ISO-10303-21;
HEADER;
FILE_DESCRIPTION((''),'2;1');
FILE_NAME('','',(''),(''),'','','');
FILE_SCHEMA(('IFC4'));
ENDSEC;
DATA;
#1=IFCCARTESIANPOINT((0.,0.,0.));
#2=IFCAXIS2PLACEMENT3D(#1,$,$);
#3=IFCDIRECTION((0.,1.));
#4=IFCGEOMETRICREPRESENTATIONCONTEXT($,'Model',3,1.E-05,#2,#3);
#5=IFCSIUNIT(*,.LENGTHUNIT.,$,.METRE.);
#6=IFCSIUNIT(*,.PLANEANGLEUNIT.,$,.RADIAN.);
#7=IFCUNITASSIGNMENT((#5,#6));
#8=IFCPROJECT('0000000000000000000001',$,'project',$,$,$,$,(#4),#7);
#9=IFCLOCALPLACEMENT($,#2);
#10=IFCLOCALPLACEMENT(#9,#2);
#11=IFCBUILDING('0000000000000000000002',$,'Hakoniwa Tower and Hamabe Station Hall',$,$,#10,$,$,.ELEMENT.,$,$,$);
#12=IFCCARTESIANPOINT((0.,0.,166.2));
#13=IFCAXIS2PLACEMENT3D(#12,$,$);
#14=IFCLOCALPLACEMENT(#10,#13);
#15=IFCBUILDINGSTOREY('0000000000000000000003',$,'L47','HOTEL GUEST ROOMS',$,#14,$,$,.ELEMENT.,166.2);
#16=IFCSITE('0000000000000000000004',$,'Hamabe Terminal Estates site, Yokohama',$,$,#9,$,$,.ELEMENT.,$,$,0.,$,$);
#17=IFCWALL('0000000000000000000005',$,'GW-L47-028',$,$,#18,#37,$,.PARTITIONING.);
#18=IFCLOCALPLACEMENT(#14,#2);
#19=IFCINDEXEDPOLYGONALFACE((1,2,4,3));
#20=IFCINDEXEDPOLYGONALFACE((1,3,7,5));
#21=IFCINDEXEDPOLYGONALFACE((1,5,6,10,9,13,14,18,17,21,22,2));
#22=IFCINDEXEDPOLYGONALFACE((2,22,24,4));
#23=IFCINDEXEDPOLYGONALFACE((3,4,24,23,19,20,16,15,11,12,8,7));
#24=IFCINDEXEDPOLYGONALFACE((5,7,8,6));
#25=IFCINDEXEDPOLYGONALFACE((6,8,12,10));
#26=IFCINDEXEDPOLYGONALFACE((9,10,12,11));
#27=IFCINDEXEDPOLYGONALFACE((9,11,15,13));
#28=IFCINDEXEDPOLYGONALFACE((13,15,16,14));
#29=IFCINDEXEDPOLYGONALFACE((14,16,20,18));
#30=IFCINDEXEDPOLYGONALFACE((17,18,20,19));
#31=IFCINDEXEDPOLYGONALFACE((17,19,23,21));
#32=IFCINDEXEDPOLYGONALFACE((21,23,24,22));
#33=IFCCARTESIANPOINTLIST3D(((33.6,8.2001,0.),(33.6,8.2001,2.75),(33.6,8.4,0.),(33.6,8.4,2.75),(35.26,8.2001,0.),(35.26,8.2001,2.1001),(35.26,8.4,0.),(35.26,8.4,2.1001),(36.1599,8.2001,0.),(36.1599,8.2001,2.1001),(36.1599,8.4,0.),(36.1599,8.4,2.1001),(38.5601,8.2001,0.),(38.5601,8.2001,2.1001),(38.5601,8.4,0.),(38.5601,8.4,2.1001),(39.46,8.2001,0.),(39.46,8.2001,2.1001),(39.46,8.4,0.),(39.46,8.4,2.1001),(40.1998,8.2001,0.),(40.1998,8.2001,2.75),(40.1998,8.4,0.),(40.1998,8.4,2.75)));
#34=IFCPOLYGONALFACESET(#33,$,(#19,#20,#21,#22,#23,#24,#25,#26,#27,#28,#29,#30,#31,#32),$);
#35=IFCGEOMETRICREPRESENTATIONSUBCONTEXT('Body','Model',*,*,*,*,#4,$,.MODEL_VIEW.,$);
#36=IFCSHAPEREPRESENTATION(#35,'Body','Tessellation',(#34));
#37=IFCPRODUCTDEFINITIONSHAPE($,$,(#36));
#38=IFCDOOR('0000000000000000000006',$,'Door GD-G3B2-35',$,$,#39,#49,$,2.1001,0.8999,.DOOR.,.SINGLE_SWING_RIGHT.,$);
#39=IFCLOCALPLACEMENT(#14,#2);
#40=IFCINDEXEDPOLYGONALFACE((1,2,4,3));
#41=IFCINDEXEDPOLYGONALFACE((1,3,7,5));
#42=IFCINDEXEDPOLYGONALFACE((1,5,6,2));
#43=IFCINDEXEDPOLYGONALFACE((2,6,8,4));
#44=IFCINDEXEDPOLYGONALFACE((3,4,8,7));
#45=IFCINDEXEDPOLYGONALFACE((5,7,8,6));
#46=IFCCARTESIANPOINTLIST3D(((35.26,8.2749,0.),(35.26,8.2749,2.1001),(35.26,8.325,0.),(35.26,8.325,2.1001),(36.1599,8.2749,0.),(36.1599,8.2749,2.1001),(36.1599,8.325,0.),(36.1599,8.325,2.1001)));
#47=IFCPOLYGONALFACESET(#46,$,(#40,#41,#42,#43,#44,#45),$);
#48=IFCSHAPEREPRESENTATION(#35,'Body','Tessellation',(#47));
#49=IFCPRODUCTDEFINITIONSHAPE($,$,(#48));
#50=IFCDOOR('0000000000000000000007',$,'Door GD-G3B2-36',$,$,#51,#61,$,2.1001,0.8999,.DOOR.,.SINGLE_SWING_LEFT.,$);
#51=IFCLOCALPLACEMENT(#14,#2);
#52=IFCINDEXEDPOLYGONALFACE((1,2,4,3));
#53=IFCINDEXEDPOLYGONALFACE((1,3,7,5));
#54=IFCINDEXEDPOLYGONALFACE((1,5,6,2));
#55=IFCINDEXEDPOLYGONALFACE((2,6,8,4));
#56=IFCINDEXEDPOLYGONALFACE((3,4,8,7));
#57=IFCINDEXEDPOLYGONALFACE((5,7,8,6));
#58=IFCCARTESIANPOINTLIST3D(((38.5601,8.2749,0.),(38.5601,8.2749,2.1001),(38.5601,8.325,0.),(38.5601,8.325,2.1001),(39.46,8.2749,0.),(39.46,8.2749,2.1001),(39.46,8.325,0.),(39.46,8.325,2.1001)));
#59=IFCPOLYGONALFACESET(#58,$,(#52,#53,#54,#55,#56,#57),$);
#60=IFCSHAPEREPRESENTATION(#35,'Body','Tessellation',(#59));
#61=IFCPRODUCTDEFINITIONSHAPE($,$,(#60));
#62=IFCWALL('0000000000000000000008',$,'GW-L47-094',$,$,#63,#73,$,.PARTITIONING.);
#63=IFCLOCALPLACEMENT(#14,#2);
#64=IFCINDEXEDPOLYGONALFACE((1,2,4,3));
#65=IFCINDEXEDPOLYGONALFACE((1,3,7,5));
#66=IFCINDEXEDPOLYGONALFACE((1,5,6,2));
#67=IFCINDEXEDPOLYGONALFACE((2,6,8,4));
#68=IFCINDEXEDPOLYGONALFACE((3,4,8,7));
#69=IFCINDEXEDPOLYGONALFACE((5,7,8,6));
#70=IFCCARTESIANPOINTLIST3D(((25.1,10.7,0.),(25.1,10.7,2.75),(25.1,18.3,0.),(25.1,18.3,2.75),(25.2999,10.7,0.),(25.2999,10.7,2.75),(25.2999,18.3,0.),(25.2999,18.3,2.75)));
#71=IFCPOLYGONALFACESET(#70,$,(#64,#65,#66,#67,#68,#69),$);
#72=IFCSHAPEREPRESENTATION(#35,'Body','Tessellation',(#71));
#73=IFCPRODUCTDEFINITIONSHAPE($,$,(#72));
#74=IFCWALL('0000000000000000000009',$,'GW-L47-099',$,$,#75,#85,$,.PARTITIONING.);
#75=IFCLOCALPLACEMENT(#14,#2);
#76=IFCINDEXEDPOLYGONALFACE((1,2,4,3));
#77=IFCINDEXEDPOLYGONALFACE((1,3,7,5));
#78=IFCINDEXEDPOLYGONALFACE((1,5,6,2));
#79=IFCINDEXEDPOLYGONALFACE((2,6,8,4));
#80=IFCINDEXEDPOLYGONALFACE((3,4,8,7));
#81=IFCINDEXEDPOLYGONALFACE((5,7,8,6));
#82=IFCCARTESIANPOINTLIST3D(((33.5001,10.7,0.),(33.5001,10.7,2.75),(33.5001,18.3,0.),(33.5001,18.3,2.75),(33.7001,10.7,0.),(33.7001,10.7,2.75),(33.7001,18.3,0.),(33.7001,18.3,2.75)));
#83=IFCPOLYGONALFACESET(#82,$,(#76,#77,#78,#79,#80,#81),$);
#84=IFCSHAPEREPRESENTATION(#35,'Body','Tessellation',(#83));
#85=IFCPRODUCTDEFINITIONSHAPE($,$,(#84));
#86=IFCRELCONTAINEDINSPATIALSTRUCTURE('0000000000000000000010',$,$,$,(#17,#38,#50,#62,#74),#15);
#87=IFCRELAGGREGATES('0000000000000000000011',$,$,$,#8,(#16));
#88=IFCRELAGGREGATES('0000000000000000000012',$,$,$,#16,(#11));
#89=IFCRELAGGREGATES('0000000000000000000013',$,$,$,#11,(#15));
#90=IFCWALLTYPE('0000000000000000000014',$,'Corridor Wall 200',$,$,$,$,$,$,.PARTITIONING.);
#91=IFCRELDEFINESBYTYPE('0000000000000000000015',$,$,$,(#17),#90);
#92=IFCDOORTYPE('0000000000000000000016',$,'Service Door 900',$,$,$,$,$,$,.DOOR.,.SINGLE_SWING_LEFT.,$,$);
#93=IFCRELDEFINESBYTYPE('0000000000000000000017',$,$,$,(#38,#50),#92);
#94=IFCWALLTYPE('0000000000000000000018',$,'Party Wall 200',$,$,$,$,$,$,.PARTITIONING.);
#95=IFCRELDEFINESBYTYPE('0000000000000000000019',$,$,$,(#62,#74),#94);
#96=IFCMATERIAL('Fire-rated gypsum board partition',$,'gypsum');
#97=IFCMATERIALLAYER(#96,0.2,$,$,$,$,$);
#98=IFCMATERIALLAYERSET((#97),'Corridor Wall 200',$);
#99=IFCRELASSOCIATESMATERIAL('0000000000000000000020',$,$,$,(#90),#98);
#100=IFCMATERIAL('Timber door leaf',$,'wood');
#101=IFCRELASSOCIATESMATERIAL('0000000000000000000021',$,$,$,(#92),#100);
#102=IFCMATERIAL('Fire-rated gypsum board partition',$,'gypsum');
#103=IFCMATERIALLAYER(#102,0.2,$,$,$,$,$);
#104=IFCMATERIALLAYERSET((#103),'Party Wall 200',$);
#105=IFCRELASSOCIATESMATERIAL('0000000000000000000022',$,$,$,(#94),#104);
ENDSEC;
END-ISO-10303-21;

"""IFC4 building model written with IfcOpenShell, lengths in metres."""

from ifc_helpers import new_model, si_unit, direction, frame, frame_2d, origin, place, context, subcontext, project, spatial, rectangle, extrude, material, layer, layer_set, type_object, element, fill, save


model = new_model("IFC4")

# Units and contexts
model_context = context("Model", 3, precision=1e-05, world=origin(), true_north=direction((0.0, 1.0)))
body_context = subcontext(model_context, "Body", "Model", "MODEL_VIEW")
ifc_project = project(units=[si_unit("LENGTHUNIT", "METRE"), si_unit("PLANEANGLEUNIT", "RADIAN")], contexts=[model_context])

# Site, building, storey
site_placement = place(None, origin())
site = spatial("IfcSite", under=ifc_project, at=site_placement, Name="Hamabe Terminal Estates site, Yokohama", CompositionType="ELEMENT", RefElevation=0.0)
building_placement = place(site_placement, origin())
building = spatial("IfcBuilding", under=site, at=building_placement, Name="Hakoniwa Tower and Hamabe Station Hall", CompositionType="ELEMENT")
storey_placement = place(building_placement, frame((0.0, 0.0, 166.2)))
storey = spatial("IfcBuildingStorey", under=building, at=storey_placement, Name="L47", Description="HOTEL GUEST ROOMS", CompositionType="ELEMENT", Elevation=166.2)

# Wall, openings, doors
ifc_material_1 = material(Name="Fire-rated gypsum board partition", Category="gypsum")
ifc_layer_1 = layer(ifc_material_1, 0.2)
ifc_layer_set_1 = layer_set([ifc_layer_1], Name="Corridor Wall 200")
wall_type_1 = type_object("IfcWallType", Name="Corridor Wall 200", PredefinedType="PARTITIONING", material=ifc_layer_set_1)
wall_1_placement = place(storey_placement, frame((33.6001, 8.3, 0.0), z_axis=(0.0, 0.0, 1.0), x_axis=(1.0, 0.0, 0.0)))
wall_1 = element("IfcWall", 1, at=wall_1_placement, inside=storey, type_object=wall_type_1, Name="GW-L47-028", PredefinedType="PARTITIONING", context=body_context, shape_type="SweptSolid", body=[
    extrude(rectangle(XDim=6.5999, YDim=0.2, at=frame_2d((3.2998, 0.0))), origin(), (0.0, 0.0, 1.0), 2.75),
])
opening_1_placement = place(wall_1_placement, frame((1.6599, 0.0, 0.0)))
opening_1 = element("IfcOpeningElement", 2, at=opening_1_placement, cuts=wall_1, PredefinedType="OPENING", context=body_context, shape_type="SweptSolid", body=[
    extrude(rectangle(XDim=0.8999, YDim=2.1001, at=frame_2d((0.45, 1.05))), frame((0.0, 0.1099, 0.0), z_axis=(0.0, -1.0, 0.0), x_axis=(1.0, 0.0, 0.0)), (0.0, 0.0, 1.0), 0.22),
])
opening_2_placement = place(wall_1_placement, frame((4.96, 0.0, 0.0)))
opening_2 = element("IfcOpeningElement", 3, at=opening_2_placement, cuts=wall_1, PredefinedType="OPENING", context=body_context, shape_type="SweptSolid", body=[
    extrude(rectangle(XDim=0.8999, YDim=2.1001, at=frame_2d((0.45, 1.05))), frame((0.0, 0.1099, 0.0), z_axis=(0.0, -1.0, 0.0), x_axis=(1.0, 0.0, 0.0)), (0.0, 0.0, 1.0), 0.22),
])
ifc_material_2 = material(Name="Timber door leaf", Category="wood")
door_type_1 = type_object("IfcDoorType", Name="Service Door 900", OperationType="SINGLE_SWING_LEFT", PredefinedType="DOOR", material=ifc_material_2)
door_1_placement = place(opening_1_placement, origin())
door_1 = element("IfcDoor", 4, at=door_1_placement, inside=storey, type_object=door_type_1, Name="Door GD-G3B2-35", OperationType="SINGLE_SWING_RIGHT", OverallHeight=2.1001, OverallWidth=0.8999, PredefinedType="DOOR", context=body_context, shape_type="SweptSolid", body=[
    extrude(rectangle(XDim=0.8999, YDim=2.1001, at=frame_2d((0.45, 1.05))), frame((0.0, 0.0249, 0.0), z_axis=(0.0, -1.0, 0.0), x_axis=(1.0, 0.0, 0.0)), (0.0, 0.0, 1.0), 0.05),
])
fill(opening_1, door_1)
door_2_placement = place(opening_2_placement, origin())
door_2 = element("IfcDoor", 5, at=door_2_placement, inside=storey, type_object=door_type_1, Name="Door GD-G3B2-36", OperationType="SINGLE_SWING_LEFT", OverallHeight=2.1001, OverallWidth=0.8999, PredefinedType="DOOR", context=body_context, shape_type="SweptSolid", body=[
    extrude(rectangle(XDim=0.8999, YDim=2.1001, at=frame_2d((0.45, 1.05))), frame((0.0, 0.0249, 0.0), z_axis=(0.0, -1.0, 0.0), x_axis=(1.0, 0.0, 0.0)), (0.0, 0.0, 1.0), 0.05),
])
fill(opening_2, door_2)

# Walls
ifc_material_3 = material(Name="Fire-rated gypsum board partition", Category="gypsum")
ifc_layer_2 = layer(ifc_material_3, 0.2)
ifc_layer_set_2 = layer_set([ifc_layer_2], Name="Party Wall 200")
wall_type_2 = type_object("IfcWallType", Name="Party Wall 200", PredefinedType="PARTITIONING", material=ifc_layer_set_2)
for number, where, z_axis, x_axis, name in (
    (6, (25.2, 10.7, 0.0), (0.0, 0.0, 1.0), (0.0, 1.0, 0.0), "GW-L47-094"),
    (7, (33.6001, 10.7, 0.0), (0.0, 0.0, 1.0), (0.0, 1.0, 0.0), "GW-L47-099"),
):
    element("IfcWall", number, at=place(storey_placement, frame(where, z_axis=z_axis, x_axis=x_axis)), inside=storey, type_object=wall_type_2, Name=name, PredefinedType="PARTITIONING", context=body_context, shape_type="SweptSolid", body=[
        extrude(rectangle(XDim=7.6001, YDim=0.2, at=frame_2d((3.8, 0.0))), origin(), (0.0, 0.0, 1.0), 2.75),
    ])

save(model, "model.ifc")
